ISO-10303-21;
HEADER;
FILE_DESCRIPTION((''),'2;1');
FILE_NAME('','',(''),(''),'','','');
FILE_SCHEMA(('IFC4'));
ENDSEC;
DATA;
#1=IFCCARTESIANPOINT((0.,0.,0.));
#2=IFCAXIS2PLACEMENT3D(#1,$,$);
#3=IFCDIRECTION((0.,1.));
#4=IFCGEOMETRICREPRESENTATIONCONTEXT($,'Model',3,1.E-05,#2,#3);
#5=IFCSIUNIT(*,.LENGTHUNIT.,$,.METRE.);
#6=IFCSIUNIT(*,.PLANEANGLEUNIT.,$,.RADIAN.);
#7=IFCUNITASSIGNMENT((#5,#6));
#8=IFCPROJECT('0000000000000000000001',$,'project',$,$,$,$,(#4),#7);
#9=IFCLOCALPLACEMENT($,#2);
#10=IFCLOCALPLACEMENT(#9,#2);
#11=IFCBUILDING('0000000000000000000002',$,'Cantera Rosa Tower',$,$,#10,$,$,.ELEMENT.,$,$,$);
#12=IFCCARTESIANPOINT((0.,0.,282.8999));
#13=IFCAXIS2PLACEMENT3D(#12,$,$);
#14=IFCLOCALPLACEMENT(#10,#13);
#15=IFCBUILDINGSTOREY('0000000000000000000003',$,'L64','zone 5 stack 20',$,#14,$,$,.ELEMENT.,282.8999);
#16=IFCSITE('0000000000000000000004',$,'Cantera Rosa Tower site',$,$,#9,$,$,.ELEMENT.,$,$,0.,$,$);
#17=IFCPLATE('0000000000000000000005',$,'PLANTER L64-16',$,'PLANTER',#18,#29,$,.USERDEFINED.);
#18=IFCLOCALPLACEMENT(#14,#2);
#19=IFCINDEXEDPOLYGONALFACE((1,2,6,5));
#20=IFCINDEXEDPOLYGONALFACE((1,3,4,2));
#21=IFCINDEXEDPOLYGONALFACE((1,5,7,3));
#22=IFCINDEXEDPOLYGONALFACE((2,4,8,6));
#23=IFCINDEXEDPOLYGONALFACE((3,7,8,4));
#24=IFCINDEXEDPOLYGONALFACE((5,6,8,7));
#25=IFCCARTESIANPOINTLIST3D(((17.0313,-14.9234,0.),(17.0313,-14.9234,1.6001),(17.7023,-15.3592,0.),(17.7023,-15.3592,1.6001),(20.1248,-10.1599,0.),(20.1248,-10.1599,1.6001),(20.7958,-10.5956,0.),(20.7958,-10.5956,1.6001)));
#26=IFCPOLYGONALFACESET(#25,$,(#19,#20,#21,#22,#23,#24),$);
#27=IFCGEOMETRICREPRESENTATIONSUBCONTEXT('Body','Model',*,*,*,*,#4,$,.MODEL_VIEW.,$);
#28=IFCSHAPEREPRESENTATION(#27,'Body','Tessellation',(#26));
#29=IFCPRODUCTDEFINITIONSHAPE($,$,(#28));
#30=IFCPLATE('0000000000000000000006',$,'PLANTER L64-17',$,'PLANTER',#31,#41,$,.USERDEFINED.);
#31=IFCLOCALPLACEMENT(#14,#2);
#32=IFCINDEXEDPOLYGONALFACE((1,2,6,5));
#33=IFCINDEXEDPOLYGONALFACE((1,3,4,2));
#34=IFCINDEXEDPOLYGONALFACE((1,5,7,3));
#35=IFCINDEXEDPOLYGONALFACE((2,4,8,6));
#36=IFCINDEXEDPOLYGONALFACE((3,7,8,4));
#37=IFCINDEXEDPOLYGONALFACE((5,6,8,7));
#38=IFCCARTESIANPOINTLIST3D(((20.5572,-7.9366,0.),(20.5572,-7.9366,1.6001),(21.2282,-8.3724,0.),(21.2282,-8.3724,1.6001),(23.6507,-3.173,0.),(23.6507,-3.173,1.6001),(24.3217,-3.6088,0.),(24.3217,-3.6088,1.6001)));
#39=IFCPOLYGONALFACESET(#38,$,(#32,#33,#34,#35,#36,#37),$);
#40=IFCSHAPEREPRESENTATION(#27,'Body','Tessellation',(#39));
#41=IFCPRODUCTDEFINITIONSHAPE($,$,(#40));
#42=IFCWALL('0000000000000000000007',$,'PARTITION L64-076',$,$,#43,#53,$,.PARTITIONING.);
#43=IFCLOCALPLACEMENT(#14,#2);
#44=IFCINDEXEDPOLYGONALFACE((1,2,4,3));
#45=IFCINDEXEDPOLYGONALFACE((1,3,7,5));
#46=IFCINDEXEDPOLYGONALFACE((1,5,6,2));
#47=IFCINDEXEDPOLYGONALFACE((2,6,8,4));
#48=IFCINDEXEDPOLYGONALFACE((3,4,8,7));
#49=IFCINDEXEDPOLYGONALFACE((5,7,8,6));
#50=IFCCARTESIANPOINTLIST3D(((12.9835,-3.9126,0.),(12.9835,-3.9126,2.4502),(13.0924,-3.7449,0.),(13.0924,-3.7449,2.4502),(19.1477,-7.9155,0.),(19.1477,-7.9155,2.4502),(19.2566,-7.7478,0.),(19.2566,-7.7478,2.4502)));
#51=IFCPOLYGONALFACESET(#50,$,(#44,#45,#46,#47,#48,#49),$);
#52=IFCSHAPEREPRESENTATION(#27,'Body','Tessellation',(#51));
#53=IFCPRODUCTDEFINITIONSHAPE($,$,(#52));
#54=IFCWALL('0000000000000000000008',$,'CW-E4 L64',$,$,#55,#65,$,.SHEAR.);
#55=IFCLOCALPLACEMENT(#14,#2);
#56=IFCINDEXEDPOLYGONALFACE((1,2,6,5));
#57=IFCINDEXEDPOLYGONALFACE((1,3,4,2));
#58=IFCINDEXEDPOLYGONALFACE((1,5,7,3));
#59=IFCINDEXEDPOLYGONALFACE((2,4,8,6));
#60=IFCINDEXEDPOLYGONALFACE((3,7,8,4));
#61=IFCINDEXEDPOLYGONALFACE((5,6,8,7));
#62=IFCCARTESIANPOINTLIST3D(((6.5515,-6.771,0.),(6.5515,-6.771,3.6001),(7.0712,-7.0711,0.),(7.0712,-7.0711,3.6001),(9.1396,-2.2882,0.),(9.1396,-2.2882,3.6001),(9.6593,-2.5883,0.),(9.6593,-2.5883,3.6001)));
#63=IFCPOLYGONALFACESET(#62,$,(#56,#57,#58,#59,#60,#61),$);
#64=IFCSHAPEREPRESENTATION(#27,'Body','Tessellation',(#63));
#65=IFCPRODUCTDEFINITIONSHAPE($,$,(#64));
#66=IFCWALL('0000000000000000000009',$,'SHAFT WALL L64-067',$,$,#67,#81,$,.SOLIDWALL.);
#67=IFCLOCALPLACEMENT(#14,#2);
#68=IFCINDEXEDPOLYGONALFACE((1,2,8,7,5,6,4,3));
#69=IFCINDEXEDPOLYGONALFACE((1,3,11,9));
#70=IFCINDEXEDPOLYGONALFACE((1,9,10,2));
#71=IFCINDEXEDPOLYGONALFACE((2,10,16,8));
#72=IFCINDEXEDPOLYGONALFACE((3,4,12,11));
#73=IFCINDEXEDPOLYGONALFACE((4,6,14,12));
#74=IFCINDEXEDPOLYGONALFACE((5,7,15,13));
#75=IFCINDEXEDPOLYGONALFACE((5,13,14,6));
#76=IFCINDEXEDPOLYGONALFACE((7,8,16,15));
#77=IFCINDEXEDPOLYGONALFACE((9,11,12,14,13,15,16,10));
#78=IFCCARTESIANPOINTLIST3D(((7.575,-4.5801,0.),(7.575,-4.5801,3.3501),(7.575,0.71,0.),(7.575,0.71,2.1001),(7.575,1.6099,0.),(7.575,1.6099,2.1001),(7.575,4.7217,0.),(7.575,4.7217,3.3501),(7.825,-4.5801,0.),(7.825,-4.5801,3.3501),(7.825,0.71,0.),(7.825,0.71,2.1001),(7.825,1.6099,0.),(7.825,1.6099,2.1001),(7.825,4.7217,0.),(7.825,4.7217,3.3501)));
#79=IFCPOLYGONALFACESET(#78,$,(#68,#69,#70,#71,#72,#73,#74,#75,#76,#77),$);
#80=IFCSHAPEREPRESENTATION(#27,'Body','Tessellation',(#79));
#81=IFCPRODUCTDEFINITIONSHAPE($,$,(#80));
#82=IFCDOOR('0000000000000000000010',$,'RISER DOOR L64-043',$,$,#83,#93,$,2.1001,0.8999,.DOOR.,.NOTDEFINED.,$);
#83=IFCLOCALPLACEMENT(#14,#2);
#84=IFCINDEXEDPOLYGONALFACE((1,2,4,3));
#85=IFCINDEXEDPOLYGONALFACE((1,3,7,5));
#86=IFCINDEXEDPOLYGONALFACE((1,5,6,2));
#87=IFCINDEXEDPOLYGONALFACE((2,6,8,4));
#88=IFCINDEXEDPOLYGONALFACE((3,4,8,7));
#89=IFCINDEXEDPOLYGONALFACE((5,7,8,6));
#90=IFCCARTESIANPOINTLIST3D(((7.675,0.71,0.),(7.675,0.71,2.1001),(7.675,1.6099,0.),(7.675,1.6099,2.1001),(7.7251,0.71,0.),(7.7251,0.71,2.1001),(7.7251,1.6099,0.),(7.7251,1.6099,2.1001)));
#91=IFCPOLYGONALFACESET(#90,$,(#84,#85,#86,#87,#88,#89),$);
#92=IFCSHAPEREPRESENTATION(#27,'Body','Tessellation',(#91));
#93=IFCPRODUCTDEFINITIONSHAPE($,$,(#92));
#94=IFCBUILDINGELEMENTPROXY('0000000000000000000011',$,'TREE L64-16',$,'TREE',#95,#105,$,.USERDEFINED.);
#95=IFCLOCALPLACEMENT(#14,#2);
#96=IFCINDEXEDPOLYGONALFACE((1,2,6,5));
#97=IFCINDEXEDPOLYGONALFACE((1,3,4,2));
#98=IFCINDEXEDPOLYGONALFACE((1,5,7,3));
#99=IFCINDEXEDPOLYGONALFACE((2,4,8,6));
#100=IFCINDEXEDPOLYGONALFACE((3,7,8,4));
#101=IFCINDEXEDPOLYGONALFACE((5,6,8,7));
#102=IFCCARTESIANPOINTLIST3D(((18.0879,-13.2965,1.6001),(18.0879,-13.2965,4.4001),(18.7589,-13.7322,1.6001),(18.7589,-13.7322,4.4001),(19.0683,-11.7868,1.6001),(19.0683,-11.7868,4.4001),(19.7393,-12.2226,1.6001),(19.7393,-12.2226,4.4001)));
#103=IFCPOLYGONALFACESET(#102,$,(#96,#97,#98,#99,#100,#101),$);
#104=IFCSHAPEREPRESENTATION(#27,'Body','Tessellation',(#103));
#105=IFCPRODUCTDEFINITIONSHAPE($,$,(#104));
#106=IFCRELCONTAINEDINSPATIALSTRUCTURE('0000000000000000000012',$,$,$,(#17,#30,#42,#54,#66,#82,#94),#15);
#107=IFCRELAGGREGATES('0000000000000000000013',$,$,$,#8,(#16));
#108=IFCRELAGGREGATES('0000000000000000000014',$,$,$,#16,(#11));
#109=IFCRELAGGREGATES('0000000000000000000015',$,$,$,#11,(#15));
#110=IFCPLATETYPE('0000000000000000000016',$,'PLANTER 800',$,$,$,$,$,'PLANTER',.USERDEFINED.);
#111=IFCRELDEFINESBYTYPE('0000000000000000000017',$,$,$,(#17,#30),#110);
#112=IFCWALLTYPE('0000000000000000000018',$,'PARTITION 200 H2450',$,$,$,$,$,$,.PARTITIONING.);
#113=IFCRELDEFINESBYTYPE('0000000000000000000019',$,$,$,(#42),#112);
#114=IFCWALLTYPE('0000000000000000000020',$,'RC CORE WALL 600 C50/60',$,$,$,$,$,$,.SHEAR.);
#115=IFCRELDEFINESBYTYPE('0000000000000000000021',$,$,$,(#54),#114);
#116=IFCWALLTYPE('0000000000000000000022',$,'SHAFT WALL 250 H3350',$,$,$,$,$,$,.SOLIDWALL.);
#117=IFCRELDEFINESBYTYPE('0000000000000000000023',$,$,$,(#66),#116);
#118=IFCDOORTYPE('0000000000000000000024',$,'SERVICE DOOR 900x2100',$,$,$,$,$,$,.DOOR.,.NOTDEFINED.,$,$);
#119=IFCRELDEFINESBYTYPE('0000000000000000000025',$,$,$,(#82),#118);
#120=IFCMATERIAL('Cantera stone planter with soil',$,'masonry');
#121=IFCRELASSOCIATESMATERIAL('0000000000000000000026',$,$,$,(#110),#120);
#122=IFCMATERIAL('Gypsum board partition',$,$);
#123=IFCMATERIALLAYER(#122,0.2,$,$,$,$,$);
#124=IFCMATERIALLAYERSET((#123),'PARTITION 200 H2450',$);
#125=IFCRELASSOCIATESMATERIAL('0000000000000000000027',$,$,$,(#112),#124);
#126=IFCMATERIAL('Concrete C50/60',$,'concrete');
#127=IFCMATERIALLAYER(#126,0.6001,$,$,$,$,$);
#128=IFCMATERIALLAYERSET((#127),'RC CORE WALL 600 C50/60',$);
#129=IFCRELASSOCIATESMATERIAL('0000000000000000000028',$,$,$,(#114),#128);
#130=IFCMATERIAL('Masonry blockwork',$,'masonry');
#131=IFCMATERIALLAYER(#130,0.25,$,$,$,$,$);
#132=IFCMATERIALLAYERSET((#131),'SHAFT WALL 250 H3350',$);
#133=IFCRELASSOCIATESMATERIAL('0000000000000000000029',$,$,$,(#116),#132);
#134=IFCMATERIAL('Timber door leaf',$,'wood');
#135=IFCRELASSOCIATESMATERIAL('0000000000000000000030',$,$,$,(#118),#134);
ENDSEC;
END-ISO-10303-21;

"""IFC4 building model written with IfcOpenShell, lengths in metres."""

from ifc_helpers import new_model, si_unit, direction, frame, frame_2d, origin, origin_2d, place, context, subcontext, project, spatial, rectangle, extrude, material, layer, layer_set, type_object, element, fill, save


model = new_model("IFC4")

# Units and contexts
model_context = context("Model", 3, precision=1e-05, world=origin(), true_north=direction((0.0, 1.0)))
body_context = subcontext(model_context, "Body", "Model", "MODEL_VIEW")
ifc_project = project(units=[si_unit("LENGTHUNIT", "METRE"), si_unit("PLANEANGLEUNIT", "RADIAN")], contexts=[model_context])

# Site, building, storey
site_placement = place(None, origin())
site = spatial("IfcSite", under=ifc_project, at=site_placement, Name="Cantera Rosa Tower site", CompositionType="ELEMENT", RefElevation=0.0)
building_placement = place(site_placement, origin())
building = spatial("IfcBuilding", under=site, at=building_placement, Name="Cantera Rosa Tower", CompositionType="ELEMENT")
storey_placement = place(building_placement, frame((0.0, 0.0, 282.8999)))
storey = spatial("IfcBuildingStorey", under=building, at=storey_placement, Name="L64", Description="zone 5 stack 20", CompositionType="ELEMENT", Elevation=282.8999)

# Plates
ifc_material_1 = material(Name="Cantera stone planter with soil", Category="masonry")
plate_type = type_object("IfcPlateType", Name="PLANTER 800", ElementType="PLANTER", PredefinedType="USERDEFINED", material=ifc_material_1)
for number, where, z_axis, x_axis, name in (
    (1, (18.9136, -12.7595, 0.0), (0.0, 0.0, 1.0), (0.544639, 0.838671, 0.0), "PLANTER L64-16"),
    (2, (22.4395, -5.7727, 0.0), (0.0, 0.0, 1.0), (0.544639, 0.838671, 0.0), "PLANTER L64-17"),
):
    element("IfcPlate", number, at=place(storey_placement, frame(where, z_axis=z_axis, x_axis=x_axis)), inside=storey, type_object=plate_type, Name=name, ObjectType="PLANTER", PredefinedType="USERDEFINED", context=body_context, shape_type="SweptSolid", body=[
        extrude(rectangle(XDim=5.6799, YDim=0.8, at=origin_2d()), origin(), (0.0, 0.0, 1.0), 1.6001),
    ])

# Walls
ifc_material_2 = material(Name="Gypsum board partition")
ifc_layer_1 = layer(ifc_material_2, 0.2)
ifc_layer_set_1 = layer_set([ifc_layer_1], Name="PARTITION 200 H2450")
wall_type_1 = type_object("IfcWallType", Name="PARTITION 200 H2450", PredefinedType="PARTITIONING", material=ifc_layer_set_1)
wall_1_placement = place(storey_placement, frame((13.0381, -3.8289, 0.0), z_axis=(0.0, 0.0, 1.0), x_axis=(0.838684, -0.544618, 0.0)))
element("IfcWall", 3, at=wall_1_placement, inside=storey, type_object=wall_type_1, Name="PARTITION L64-076", PredefinedType="PARTITIONING", context=body_context, shape_type="SweptSolid", body=[
    extrude(rectangle(XDim=7.3499, YDim=0.2, at=frame_2d((3.6748, 0.0))), origin(), (0.0, 0.0, 1.0), 2.4502),
])
ifc_material_3 = material(Name="Concrete C50/60", Category="concrete")
ifc_layer_2 = layer(ifc_material_3, 0.6001)
ifc_layer_set_2 = layer_set([ifc_layer_2], Name="RC CORE WALL 600 C50/60")
wall_type_2 = type_object("IfcWallType", Name="RC CORE WALL 600 C50/60", PredefinedType="SHEAR", material=ifc_layer_set_2)
wall_2_placement = place(storey_placement, frame((9.3994, -2.4382, 0.0), z_axis=(0.0, 0.0, 1.0), x_axis=(-0.499989, -0.866032, 0.0)))
element("IfcWall", 4, at=wall_2_placement, inside=storey, type_object=wall_type_2, Name="CW-E4 L64", PredefinedType="SHEAR", context=body_context, shape_type="SweptSolid", body=[
    extrude(rectangle(XDim=5.1763, YDim=0.6001, at=frame_2d((2.5881, 0.0))), origin(), (0.0, 0.0, 1.0), 3.6001),
])
ifc_material_4 = material(Name="Masonry blockwork", Category="masonry")
ifc_layer_3 = layer(ifc_material_4, 0.25)
ifc_layer_set_3 = layer_set([ifc_layer_3], Name="SHAFT WALL 250 H3350")
wall_type_3 = type_object("IfcWallType", Name="SHAFT WALL 250 H3350", PredefinedType="SOLIDWALL", material=ifc_layer_set_3)

# Wall, opening, door
wall_3_placement = place(storey_placement, frame((7.7, -4.5801, 0.0), z_axis=(0.0, 0.0, 1.0), x_axis=(0.0, 1.0, 0.0)))
wall_3 = element("IfcWall", 5, at=wall_3_placement, inside=storey, type_object=wall_type_3, Name="SHAFT WALL L64-067", PredefinedType="SOLIDWALL", context=body_context, shape_type="SweptSolid", body=[
    extrude(rectangle(XDim=9.3018, YDim=0.25, at=frame_2d((4.6509, 0.0))), origin(), (0.0, 0.0, 1.0), 3.3501),
])
opening_1_placement = place(wall_3_placement, frame((5.29, 0.0, 0.0)))
opening_1 = element("IfcOpeningElement", 6, at=opening_1_placement, cuts=wall_3, PredefinedType="OPENING", context=body_context, shape_type="SweptSolid", body=[
    extrude(rectangle(XDim=0.8999, YDim=2.1001, at=frame_2d((0.45, 1.05))), frame((0.0, 0.135, 0.0), z_axis=(0.0, -1.0, 0.0), x_axis=(1.0, 0.0, 0.0)), (0.0, 0.0, 1.0), 0.27),
])
ifc_material_5 = material(Name="Timber door leaf", Category="wood")
door_type_1 = type_object("IfcDoorType", Name="SERVICE DOOR 900x2100", OperationType="NOTDEFINED", PredefinedType="DOOR", material=ifc_material_5)
door_1_placement = place(opening_1_placement, origin())
door_1 = element("IfcDoor", 7, at=door_1_placement, inside=storey, type_object=door_type_1, Name="RISER DOOR L64-043", OperationType="NOTDEFINED", OverallHeight=2.1001, OverallWidth=0.8999, PredefinedType="DOOR", context=body_context, shape_type="SweptSolid", body=[
    extrude(rectangle(XDim=0.8999, YDim=2.1001, at=frame_2d((0.45, 1.05))), frame((0.0, 0.0249, 0.0), z_axis=(0.0, -1.0, 0.0), x_axis=(1.0, 0.0, 0.0)), (0.0, 0.0, 1.0), 0.05),
])
fill(opening_1, door_1)

# Building element proxy
proxy_placement = place(storey_placement, frame((18.9136, -12.7595, 1.6001), z_axis=(0.0, 0.0, 1.0), x_axis=(0.544639, 0.838671, 0.0)))
element("IfcBuildingElementProxy", 8, at=proxy_placement, inside=storey, Name="TREE L64-16", ObjectType="TREE", PredefinedType="USERDEFINED", context=body_context, shape_type="SweptSolid", body=[
    extrude(rectangle(XDim=1.8, YDim=0.8, at=origin_2d()), origin(), (0.0, 0.0, 1.0), 2.8),
])

save(model, "model.ifc")
